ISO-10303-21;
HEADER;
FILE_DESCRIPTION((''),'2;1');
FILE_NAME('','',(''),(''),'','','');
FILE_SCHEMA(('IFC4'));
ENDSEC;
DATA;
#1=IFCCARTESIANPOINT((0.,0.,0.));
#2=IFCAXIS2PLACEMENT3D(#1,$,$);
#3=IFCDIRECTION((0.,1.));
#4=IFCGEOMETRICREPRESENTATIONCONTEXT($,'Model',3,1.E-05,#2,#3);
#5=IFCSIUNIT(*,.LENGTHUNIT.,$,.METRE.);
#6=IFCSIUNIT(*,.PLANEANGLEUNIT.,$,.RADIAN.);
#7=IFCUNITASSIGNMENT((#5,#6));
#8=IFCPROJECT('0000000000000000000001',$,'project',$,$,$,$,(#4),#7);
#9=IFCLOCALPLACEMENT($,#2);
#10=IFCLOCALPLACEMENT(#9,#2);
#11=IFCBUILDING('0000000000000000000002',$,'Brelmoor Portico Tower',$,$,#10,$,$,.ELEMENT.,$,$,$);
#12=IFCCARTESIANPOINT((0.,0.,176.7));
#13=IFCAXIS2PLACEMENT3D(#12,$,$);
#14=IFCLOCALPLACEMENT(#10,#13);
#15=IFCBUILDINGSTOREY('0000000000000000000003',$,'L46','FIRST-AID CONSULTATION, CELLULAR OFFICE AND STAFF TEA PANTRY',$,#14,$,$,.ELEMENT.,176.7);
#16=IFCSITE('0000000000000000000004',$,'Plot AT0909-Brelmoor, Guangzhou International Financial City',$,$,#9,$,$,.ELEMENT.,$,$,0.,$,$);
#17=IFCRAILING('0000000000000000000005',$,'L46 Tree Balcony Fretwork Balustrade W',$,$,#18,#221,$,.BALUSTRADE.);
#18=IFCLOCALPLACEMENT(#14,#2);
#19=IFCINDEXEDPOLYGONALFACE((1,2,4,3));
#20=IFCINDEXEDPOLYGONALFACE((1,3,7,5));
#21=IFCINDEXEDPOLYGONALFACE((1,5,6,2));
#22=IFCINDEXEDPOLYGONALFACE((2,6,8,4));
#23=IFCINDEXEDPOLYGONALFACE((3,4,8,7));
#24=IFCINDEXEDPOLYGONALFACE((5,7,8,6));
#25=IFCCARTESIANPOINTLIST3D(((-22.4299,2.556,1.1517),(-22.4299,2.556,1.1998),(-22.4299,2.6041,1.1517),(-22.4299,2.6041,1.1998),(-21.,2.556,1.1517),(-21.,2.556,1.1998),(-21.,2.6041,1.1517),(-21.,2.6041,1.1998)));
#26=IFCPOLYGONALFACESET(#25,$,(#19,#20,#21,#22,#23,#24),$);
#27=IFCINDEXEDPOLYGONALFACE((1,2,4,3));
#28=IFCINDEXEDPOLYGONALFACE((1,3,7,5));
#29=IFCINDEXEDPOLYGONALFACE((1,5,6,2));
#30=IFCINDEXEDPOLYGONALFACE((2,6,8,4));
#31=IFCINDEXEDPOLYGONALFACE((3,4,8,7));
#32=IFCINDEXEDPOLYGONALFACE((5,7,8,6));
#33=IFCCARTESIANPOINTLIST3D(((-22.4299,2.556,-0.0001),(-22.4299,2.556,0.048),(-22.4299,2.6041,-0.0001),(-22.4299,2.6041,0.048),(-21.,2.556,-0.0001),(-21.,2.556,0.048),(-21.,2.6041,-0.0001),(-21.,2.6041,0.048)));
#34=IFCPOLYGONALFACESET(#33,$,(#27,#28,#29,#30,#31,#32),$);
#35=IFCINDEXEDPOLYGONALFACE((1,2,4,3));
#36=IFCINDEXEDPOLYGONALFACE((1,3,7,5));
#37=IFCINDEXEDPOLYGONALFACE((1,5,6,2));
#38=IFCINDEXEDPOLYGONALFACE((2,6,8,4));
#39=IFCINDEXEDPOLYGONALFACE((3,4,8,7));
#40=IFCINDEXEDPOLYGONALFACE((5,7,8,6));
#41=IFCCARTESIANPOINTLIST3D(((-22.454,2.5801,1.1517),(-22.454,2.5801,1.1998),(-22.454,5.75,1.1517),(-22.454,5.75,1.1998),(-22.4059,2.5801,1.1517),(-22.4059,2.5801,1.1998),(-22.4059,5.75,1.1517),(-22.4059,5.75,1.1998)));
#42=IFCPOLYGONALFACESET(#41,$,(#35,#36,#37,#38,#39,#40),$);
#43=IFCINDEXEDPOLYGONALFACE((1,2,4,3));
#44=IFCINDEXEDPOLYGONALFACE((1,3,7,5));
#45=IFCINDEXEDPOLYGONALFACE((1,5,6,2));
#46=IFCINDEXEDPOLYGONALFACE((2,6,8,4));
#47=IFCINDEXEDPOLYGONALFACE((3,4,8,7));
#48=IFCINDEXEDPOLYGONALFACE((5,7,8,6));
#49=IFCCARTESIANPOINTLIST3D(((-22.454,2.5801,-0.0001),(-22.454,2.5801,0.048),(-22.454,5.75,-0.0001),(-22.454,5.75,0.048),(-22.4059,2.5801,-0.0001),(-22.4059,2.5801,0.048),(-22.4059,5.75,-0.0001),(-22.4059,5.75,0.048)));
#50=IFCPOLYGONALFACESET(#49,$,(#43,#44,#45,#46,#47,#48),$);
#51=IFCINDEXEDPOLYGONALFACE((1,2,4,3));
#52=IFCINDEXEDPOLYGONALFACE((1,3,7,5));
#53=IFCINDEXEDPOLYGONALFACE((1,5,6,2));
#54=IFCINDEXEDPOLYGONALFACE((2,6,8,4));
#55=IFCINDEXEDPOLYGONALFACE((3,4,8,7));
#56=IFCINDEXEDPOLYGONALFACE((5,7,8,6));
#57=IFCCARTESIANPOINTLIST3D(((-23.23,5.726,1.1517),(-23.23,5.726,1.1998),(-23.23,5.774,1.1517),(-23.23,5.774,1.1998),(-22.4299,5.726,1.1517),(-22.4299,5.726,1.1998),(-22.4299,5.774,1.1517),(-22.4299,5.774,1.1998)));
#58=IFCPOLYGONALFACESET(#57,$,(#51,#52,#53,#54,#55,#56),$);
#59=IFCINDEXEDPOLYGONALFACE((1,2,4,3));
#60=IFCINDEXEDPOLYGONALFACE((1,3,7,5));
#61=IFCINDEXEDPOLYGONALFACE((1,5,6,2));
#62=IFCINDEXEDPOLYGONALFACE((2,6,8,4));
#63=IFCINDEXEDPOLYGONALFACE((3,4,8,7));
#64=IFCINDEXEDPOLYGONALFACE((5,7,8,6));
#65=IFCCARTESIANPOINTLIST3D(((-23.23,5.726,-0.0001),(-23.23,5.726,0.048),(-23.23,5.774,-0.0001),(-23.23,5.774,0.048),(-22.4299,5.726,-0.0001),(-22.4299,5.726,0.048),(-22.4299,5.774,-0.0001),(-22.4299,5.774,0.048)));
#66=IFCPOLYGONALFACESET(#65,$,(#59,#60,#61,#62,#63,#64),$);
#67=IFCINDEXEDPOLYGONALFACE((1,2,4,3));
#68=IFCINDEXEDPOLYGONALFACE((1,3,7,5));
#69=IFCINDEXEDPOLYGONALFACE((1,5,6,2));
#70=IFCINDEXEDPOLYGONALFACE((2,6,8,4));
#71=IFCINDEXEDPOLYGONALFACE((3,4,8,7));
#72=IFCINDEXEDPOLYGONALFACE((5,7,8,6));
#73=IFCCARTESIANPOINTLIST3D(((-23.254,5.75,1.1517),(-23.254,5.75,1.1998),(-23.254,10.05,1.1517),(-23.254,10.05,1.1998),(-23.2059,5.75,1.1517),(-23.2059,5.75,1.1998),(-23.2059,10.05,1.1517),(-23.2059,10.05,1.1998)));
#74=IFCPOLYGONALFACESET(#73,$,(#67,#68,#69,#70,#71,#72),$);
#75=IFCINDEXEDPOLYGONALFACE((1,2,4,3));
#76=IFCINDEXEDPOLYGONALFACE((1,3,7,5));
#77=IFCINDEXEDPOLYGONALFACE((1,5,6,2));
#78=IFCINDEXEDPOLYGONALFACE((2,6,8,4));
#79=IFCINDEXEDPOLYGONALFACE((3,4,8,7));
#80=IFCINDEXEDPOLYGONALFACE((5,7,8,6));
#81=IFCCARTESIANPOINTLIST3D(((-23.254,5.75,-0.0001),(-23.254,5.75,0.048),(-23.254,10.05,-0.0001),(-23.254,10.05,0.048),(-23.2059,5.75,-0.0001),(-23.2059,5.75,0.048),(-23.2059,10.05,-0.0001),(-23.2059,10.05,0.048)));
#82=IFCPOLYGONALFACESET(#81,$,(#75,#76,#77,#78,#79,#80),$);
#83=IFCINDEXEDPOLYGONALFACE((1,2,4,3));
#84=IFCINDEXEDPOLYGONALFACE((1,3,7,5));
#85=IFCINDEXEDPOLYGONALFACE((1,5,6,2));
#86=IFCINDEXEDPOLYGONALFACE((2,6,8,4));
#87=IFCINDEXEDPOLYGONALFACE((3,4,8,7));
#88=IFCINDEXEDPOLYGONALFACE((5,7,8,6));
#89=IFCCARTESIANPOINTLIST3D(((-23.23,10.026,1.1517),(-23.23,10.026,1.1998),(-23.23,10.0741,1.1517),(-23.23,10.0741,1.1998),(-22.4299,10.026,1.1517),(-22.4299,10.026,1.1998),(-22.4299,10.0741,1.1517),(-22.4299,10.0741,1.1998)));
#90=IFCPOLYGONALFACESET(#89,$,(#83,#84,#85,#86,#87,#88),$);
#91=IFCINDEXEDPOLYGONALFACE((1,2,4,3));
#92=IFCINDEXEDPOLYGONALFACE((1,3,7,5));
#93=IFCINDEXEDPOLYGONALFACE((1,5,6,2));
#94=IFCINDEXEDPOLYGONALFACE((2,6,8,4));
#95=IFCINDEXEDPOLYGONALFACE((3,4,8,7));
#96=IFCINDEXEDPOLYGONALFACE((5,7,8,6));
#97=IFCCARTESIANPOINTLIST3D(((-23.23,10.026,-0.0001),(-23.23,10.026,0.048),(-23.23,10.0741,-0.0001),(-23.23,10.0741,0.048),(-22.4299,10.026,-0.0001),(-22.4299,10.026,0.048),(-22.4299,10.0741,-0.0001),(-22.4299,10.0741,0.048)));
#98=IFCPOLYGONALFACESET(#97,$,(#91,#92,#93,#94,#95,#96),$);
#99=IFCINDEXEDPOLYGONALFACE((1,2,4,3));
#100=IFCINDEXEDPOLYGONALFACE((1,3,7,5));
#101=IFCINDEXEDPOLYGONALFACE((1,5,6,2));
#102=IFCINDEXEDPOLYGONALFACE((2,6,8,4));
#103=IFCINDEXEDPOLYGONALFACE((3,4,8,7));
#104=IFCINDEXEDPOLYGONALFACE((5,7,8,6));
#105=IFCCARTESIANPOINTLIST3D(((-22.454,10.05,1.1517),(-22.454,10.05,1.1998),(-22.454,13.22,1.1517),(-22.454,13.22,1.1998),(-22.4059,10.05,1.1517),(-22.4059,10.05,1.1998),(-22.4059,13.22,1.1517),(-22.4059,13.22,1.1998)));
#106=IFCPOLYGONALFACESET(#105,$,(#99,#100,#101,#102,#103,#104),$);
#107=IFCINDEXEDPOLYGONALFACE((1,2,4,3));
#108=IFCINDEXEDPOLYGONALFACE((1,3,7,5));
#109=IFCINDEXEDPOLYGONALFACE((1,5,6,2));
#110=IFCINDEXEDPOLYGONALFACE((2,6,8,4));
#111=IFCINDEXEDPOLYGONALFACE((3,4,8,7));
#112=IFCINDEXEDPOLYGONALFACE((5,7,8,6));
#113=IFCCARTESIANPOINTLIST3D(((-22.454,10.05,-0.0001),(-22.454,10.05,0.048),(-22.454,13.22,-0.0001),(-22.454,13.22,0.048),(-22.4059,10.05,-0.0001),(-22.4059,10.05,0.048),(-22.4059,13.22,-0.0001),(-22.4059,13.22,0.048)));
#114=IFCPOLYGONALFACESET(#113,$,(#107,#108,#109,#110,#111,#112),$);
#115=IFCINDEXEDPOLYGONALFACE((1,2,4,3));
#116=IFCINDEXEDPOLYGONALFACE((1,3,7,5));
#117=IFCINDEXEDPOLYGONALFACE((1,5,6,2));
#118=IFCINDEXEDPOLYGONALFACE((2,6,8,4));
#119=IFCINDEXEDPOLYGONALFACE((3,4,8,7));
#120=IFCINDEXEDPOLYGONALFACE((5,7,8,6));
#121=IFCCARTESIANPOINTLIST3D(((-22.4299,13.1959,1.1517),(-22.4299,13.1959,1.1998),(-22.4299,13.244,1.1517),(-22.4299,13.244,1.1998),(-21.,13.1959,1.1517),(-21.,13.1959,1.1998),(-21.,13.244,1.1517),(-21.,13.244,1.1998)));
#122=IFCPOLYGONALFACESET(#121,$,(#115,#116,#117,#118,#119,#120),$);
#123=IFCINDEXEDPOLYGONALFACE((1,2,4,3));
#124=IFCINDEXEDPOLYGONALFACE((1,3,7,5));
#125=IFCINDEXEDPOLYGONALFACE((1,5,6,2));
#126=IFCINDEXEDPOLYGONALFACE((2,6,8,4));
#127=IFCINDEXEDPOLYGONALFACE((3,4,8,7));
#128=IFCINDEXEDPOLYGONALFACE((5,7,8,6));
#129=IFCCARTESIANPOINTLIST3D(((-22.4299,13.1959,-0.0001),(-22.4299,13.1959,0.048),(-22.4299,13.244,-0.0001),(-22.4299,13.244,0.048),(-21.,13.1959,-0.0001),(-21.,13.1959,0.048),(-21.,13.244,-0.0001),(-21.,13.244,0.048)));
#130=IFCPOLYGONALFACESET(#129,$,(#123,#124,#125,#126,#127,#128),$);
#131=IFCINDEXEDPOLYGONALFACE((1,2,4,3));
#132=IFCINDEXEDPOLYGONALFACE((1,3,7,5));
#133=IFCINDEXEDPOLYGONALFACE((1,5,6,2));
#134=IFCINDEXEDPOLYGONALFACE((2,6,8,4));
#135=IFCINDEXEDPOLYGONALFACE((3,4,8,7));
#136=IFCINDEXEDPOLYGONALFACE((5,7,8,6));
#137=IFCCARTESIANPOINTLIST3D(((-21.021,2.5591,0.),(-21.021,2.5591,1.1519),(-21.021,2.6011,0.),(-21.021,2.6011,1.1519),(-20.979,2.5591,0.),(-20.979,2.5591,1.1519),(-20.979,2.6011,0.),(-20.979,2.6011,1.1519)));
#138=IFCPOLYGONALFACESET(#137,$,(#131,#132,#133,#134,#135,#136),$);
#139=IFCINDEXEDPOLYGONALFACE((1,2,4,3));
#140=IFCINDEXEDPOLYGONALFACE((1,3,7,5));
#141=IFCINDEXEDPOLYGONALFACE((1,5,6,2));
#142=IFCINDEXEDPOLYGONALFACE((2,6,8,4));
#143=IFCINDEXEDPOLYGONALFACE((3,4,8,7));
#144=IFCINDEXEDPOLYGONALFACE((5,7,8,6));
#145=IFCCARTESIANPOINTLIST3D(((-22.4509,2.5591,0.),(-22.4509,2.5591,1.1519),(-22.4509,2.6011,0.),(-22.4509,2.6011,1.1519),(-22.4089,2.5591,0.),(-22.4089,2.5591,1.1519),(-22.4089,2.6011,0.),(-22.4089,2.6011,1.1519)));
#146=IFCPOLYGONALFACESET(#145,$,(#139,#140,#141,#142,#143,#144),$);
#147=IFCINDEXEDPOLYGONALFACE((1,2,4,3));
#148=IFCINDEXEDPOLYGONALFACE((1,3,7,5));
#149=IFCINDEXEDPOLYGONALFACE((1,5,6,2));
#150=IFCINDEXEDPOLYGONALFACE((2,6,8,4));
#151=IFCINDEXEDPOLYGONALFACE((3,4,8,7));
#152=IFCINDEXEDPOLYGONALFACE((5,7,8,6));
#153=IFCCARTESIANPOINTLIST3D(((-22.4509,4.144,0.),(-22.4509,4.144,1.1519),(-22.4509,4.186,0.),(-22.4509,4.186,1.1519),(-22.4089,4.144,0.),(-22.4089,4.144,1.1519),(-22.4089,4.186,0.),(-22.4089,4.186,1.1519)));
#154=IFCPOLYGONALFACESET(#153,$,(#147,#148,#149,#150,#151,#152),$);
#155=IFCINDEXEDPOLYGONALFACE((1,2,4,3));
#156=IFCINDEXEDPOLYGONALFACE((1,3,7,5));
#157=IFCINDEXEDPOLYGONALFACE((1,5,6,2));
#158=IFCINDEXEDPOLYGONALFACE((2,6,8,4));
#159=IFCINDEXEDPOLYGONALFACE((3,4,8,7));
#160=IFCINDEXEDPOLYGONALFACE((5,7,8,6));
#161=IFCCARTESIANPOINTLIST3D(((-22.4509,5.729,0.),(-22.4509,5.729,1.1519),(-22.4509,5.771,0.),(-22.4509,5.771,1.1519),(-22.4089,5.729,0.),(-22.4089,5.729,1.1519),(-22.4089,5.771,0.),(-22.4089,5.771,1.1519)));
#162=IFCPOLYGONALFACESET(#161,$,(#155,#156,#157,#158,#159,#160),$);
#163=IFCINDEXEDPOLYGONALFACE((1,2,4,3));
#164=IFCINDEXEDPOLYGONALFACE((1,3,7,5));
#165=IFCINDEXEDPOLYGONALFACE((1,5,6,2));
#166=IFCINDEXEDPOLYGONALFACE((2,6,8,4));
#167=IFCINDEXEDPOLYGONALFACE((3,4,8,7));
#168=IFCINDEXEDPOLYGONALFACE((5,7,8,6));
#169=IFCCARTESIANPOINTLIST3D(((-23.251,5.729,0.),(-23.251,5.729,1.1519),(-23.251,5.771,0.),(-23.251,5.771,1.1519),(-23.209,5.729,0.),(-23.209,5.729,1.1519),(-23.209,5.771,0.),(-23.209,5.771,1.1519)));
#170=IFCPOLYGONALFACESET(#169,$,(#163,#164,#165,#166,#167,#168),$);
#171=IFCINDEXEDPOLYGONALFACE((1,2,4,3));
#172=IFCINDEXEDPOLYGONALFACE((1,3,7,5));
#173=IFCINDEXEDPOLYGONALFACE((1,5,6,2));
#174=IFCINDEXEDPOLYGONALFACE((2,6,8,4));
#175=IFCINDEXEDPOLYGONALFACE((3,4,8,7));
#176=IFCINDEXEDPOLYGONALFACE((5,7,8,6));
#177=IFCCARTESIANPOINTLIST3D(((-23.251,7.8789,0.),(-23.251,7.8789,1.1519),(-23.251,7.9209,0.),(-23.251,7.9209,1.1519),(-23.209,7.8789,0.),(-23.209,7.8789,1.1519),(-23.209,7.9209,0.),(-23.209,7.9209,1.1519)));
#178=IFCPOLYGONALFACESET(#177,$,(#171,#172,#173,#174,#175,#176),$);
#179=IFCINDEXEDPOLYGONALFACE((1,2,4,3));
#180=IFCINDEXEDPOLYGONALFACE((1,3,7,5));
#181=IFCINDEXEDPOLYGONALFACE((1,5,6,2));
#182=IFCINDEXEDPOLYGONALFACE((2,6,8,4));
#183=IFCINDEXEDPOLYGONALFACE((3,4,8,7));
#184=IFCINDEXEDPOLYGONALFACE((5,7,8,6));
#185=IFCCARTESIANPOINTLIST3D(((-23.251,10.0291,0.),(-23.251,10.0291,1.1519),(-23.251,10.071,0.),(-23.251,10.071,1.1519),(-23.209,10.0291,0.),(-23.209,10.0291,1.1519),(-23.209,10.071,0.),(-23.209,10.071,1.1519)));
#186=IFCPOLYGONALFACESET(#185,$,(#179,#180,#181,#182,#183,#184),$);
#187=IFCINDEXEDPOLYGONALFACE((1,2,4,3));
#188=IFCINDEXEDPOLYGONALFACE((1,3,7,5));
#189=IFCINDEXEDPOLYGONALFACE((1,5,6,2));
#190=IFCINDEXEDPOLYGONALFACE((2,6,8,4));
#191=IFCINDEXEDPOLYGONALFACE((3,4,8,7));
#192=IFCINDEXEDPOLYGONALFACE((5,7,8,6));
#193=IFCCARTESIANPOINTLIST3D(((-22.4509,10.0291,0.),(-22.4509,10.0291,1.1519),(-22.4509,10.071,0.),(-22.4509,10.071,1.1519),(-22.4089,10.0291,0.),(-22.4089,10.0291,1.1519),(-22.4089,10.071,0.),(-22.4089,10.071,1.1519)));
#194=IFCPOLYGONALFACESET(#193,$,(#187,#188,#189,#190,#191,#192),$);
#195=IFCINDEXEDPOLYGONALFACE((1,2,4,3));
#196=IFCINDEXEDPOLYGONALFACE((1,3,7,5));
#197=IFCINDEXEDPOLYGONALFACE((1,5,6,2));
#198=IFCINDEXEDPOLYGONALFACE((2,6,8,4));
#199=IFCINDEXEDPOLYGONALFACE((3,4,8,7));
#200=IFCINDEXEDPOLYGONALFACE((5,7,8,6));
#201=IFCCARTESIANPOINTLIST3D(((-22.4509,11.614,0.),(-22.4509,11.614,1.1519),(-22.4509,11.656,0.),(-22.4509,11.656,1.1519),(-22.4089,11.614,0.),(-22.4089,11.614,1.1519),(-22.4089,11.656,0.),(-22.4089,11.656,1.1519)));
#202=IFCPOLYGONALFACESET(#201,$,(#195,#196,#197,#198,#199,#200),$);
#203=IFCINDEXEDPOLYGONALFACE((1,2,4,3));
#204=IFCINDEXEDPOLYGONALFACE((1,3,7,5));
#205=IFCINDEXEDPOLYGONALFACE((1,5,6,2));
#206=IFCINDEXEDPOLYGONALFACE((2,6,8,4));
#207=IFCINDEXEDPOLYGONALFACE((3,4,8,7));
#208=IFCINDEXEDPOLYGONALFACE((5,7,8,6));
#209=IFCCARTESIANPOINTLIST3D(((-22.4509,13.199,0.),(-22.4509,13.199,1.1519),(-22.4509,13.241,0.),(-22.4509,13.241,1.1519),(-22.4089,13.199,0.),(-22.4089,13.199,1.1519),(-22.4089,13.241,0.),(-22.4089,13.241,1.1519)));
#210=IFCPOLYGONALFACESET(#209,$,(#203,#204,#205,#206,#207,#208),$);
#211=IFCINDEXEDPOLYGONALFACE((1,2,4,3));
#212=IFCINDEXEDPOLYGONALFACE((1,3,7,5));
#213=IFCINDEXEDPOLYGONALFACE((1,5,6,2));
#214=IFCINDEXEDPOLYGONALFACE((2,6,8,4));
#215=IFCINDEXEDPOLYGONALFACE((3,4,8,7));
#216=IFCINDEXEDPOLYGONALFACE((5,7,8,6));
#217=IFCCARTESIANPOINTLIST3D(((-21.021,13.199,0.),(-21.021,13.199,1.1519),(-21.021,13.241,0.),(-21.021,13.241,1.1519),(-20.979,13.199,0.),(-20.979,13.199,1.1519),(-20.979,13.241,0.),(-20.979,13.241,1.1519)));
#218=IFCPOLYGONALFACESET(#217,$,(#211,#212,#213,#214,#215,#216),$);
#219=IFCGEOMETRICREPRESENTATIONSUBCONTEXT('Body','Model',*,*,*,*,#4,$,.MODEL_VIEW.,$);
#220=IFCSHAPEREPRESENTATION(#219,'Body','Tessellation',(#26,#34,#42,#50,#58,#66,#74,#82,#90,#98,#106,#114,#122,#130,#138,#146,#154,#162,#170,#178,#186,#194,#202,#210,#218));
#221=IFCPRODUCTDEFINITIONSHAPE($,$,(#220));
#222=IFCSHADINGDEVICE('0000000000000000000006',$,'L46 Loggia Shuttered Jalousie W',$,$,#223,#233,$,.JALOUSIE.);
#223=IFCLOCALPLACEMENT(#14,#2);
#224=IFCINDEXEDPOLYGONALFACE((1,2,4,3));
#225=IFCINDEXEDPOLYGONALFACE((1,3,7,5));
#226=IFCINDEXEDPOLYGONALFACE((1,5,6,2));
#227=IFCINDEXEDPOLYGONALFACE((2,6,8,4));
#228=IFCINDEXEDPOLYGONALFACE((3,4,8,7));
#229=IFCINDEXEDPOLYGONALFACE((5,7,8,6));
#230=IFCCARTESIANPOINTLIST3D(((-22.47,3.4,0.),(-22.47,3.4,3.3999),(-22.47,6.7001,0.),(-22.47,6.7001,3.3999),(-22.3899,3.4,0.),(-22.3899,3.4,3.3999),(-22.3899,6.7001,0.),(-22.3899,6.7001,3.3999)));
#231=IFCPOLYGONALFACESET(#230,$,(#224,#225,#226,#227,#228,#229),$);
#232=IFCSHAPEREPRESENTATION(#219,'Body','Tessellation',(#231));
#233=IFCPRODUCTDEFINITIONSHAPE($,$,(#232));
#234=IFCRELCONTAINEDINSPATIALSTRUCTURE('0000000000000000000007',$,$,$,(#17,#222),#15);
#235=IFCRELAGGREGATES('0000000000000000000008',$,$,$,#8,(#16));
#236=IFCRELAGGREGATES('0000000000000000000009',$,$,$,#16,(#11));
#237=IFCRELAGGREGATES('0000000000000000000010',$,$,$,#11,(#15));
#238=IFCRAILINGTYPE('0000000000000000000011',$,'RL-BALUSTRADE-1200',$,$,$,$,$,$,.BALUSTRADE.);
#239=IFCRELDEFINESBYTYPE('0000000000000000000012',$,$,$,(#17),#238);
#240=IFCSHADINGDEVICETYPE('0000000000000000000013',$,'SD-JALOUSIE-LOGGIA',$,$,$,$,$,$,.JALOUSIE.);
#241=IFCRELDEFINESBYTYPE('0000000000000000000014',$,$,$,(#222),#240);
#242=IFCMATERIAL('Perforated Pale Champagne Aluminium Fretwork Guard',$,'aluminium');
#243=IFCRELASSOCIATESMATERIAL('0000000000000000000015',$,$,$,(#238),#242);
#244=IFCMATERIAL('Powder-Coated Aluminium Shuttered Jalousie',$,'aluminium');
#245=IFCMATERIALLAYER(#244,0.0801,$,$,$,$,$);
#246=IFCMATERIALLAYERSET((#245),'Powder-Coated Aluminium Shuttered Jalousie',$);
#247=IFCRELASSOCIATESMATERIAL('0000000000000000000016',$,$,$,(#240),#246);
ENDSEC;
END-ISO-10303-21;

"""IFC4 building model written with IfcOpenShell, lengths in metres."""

from ifc_helpers import new_model, si_unit, direction, frame, origin, origin_2d, place, context, subcontext, project, spatial, rectangle, extrude, material, layer, layer_set, type_object, element, save


model = new_model("IFC4")

# Units and contexts
model_context = context("Model", 3, precision=1e-05, world=origin(), true_north=direction((0.0, 1.0)))
body_context = subcontext(model_context, "Body", "Model", "MODEL_VIEW")
ifc_project = project(units=[si_unit("LENGTHUNIT", "METRE"), si_unit("PLANEANGLEUNIT", "RADIAN")], contexts=[model_context])

# Site, building, storey
site_placement = place(None, origin())
site = spatial("IfcSite", under=ifc_project, at=site_placement, Name="Plot AT0909-Brelmoor, Guangzhou International Financial City", CompositionType="ELEMENT", RefElevation=0.0)
building_placement = place(site_placement, origin())
building = spatial("IfcBuilding", under=site, at=building_placement, Name="Brelmoor Portico Tower", CompositionType="ELEMENT")
storey_placement = place(building_placement, frame((0.0, 0.0, 176.7)))
storey = spatial("IfcBuildingStorey", under=building, at=storey_placement, Name="L46", Description="FIRST-AID CONSULTATION, CELLULAR OFFICE AND STAFF TEA PANTRY", CompositionType="ELEMENT", Elevation=176.7)

# Railing
ifc_material_1 = material(Name="Perforated Pale Champagne Aluminium Fretwork Guard", Category="aluminium")
railing_type = type_object("IfcRailingType", Name="RL-BALUSTRADE-1200", PredefinedType="BALUSTRADE", material=ifc_material_1)
railing_placement = place(storey_placement, frame((-21.0, 2.5801, 0.0)))
element("IfcRailing", 1, at=railing_placement, inside=storey, type_object=railing_type, Name="L46 Tree Balcony Fretwork Balustrade W", PredefinedType="BALUSTRADE", context=body_context, shape_type="SweptSolid", body=[
    extrude(rectangle(XDim=0.0481, YDim=0.0481, at=origin_2d()), frame((0.0, 0.0, 1.1758), z_axis=(-1.0, 0.0, 0.0), x_axis=(0.0, -1.0, 0.0)), (0.0, 0.0, 1.0), 1.4299),
    extrude(rectangle(XDim=0.0481, YDim=0.0481, at=origin_2d()), frame((0.0, 0.0, 0.0239), z_axis=(-1.0, 0.0, 0.0), x_axis=(0.0, -1.0, 0.0)), (0.0, 0.0, 1.0), 1.4299),
    extrude(rectangle(XDim=0.0481, YDim=0.0481, at=origin_2d()), frame((-1.4299, 0.0, 1.1758), z_axis=(0.0, 1.0, 0.0), x_axis=(-1.0, 0.0, 0.0)), (0.0, 0.0, 1.0), 3.1699),
    extrude(rectangle(XDim=0.0481, YDim=0.0481, at=origin_2d()), frame((-1.4299, 0.0, 0.0239), z_axis=(0.0, 1.0, 0.0), x_axis=(-1.0, 0.0, 0.0)), (0.0, 0.0, 1.0), 3.1699),
    extrude(rectangle(XDim=0.0481, YDim=0.0481, at=origin_2d()), frame((-1.4299, 3.1699, 1.1758), z_axis=(-1.0, 0.0, 0.0), x_axis=(0.0, -1.0, 0.0)), (0.0, 0.0, 1.0), 0.8),
    extrude(rectangle(XDim=0.0481, YDim=0.0481, at=origin_2d()), frame((-1.4299, 3.1699, 0.0239), z_axis=(-1.0, 0.0, 0.0), x_axis=(0.0, -1.0, 0.0)), (0.0, 0.0, 1.0), 0.8),
    extrude(rectangle(XDim=0.0481, YDim=0.0481, at=origin_2d()), frame((-2.23, 3.1699, 1.1758), z_axis=(0.0, 1.0, 0.0), x_axis=(-1.0, 0.0, 0.0)), (0.0, 0.0, 1.0), 4.3),
    extrude(rectangle(XDim=0.0481, YDim=0.0481, at=origin_2d()), frame((-2.23, 3.1699, 0.0239), z_axis=(0.0, 1.0, 0.0), x_axis=(-1.0, 0.0, 0.0)), (0.0, 0.0, 1.0), 4.3),
    extrude(rectangle(XDim=0.0481, YDim=0.0481, at=origin_2d()), frame((-2.23, 7.47, 1.1758), z_axis=(1.0, 0.0, 0.0), x_axis=(0.0, 1.0, 0.0)), (0.0, 0.0, 1.0), 0.8),
    extrude(rectangle(XDim=0.0481, YDim=0.0481, at=origin_2d()), frame((-2.23, 7.47, 0.0239), z_axis=(1.0, 0.0, 0.0), x_axis=(0.0, 1.0, 0.0)), (0.0, 0.0, 1.0), 0.8),
    extrude(rectangle(XDim=0.0481, YDim=0.0481, at=origin_2d()), frame((-1.4299, 7.47, 1.1758), z_axis=(0.0, 1.0, 0.0), x_axis=(-1.0, 0.0, 0.0)), (0.0, 0.0, 1.0), 3.1699),
    extrude(rectangle(XDim=0.0481, YDim=0.0481, at=origin_2d()), frame((-1.4299, 7.47, 0.0239), z_axis=(0.0, 1.0, 0.0), x_axis=(-1.0, 0.0, 0.0)), (0.0, 0.0, 1.0), 3.1699),
    extrude(rectangle(XDim=0.0481, YDim=0.0481, at=origin_2d()), frame((-1.4299, 10.6399, 1.1758), z_axis=(1.0, 0.0, 0.0), x_axis=(0.0, 1.0, 0.0)), (0.0, 0.0, 1.0), 1.4299),
    extrude(rectangle(XDim=0.0481, YDim=0.0481, at=origin_2d()), frame((-1.4299, 10.6399, 0.0239), z_axis=(1.0, 0.0, 0.0), x_axis=(0.0, 1.0, 0.0)), (0.0, 0.0, 1.0), 1.4299),
    extrude(rectangle(XDim=0.042, YDim=0.042, at=origin_2d()), origin(), (0.0, 0.0, 1.0), 1.1519),
    extrude(rectangle(XDim=0.042, YDim=0.042, at=origin_2d()), frame((-1.4299, 0.0, 0.0)), (0.0, 0.0, 1.0), 1.1519),
    extrude(rectangle(XDim=0.042, YDim=0.042, at=origin_2d()), frame((-1.4299, 1.585, 0.0)), (0.0, 0.0, 1.0), 1.1519),
    extrude(rectangle(XDim=0.042, YDim=0.042, at=origin_2d()), frame((-1.4299, 3.1699, 0.0)), (0.0, 0.0, 1.0), 1.1519),
    extrude(rectangle(XDim=0.042, YDim=0.042, at=origin_2d()), frame((-2.23, 3.1699, 0.0)), (0.0, 0.0, 1.0), 1.1519),
    extrude(rectangle(XDim=0.042, YDim=0.042, at=origin_2d()), frame((-2.23, 5.3198, 0.0)), (0.0, 0.0, 1.0), 1.1519),
    extrude(rectangle(XDim=0.042, YDim=0.042, at=origin_2d()), frame((-2.23, 7.47, 0.0)), (0.0, 0.0, 1.0), 1.1519),
    extrude(rectangle(XDim=0.042, YDim=0.042, at=origin_2d()), frame((-1.4299, 7.47, 0.0)), (0.0, 0.0, 1.0), 1.1519),
    extrude(rectangle(XDim=0.042, YDim=0.042, at=origin_2d()), frame((-1.4299, 9.0549, 0.0)), (0.0, 0.0, 1.0), 1.1519),
    extrude(rectangle(XDim=0.042, YDim=0.042, at=origin_2d()), frame((-1.4299, 10.6399, 0.0)), (0.0, 0.0, 1.0), 1.1519),
    extrude(rectangle(XDim=0.042, YDim=0.042, at=origin_2d()), frame((0.0, 10.6399, 0.0)), (0.0, 0.0, 1.0), 1.1519),
])

# Shading device
ifc_material_2 = material(Name="Powder-Coated Aluminium Shuttered Jalousie", Category="aluminium")
ifc_layer_1 = layer(ifc_material_2, 0.0801)
ifc_layer_set_1 = layer_set([ifc_layer_1], Name="Powder-Coated Aluminium Shuttered Jalousie")
shading_device_type = type_object("IfcShadingDeviceType", Name="SD-JALOUSIE-LOGGIA", PredefinedType="JALOUSIE", material=ifc_layer_set_1)
shading_device_placement = place(storey_placement, frame((-22.4299, 5.05, 0.0), z_axis=(0.0, 0.0, 1.0), x_axis=(0.0, 1.0, 0.0)))
element("IfcShadingDevice", 2, at=shading_device_placement, inside=storey, type_object=shading_device_type, Name="L46 Loggia Shuttered Jalousie W", PredefinedType="JALOUSIE", context=body_context, shape_type="SweptSolid", body=[
    extrude(rectangle(XDim=3.3, YDim=0.0801, at=origin_2d()), origin(), (0.0, 0.0, 1.0), 3.3999),
])

save(model, "model.ifc")
